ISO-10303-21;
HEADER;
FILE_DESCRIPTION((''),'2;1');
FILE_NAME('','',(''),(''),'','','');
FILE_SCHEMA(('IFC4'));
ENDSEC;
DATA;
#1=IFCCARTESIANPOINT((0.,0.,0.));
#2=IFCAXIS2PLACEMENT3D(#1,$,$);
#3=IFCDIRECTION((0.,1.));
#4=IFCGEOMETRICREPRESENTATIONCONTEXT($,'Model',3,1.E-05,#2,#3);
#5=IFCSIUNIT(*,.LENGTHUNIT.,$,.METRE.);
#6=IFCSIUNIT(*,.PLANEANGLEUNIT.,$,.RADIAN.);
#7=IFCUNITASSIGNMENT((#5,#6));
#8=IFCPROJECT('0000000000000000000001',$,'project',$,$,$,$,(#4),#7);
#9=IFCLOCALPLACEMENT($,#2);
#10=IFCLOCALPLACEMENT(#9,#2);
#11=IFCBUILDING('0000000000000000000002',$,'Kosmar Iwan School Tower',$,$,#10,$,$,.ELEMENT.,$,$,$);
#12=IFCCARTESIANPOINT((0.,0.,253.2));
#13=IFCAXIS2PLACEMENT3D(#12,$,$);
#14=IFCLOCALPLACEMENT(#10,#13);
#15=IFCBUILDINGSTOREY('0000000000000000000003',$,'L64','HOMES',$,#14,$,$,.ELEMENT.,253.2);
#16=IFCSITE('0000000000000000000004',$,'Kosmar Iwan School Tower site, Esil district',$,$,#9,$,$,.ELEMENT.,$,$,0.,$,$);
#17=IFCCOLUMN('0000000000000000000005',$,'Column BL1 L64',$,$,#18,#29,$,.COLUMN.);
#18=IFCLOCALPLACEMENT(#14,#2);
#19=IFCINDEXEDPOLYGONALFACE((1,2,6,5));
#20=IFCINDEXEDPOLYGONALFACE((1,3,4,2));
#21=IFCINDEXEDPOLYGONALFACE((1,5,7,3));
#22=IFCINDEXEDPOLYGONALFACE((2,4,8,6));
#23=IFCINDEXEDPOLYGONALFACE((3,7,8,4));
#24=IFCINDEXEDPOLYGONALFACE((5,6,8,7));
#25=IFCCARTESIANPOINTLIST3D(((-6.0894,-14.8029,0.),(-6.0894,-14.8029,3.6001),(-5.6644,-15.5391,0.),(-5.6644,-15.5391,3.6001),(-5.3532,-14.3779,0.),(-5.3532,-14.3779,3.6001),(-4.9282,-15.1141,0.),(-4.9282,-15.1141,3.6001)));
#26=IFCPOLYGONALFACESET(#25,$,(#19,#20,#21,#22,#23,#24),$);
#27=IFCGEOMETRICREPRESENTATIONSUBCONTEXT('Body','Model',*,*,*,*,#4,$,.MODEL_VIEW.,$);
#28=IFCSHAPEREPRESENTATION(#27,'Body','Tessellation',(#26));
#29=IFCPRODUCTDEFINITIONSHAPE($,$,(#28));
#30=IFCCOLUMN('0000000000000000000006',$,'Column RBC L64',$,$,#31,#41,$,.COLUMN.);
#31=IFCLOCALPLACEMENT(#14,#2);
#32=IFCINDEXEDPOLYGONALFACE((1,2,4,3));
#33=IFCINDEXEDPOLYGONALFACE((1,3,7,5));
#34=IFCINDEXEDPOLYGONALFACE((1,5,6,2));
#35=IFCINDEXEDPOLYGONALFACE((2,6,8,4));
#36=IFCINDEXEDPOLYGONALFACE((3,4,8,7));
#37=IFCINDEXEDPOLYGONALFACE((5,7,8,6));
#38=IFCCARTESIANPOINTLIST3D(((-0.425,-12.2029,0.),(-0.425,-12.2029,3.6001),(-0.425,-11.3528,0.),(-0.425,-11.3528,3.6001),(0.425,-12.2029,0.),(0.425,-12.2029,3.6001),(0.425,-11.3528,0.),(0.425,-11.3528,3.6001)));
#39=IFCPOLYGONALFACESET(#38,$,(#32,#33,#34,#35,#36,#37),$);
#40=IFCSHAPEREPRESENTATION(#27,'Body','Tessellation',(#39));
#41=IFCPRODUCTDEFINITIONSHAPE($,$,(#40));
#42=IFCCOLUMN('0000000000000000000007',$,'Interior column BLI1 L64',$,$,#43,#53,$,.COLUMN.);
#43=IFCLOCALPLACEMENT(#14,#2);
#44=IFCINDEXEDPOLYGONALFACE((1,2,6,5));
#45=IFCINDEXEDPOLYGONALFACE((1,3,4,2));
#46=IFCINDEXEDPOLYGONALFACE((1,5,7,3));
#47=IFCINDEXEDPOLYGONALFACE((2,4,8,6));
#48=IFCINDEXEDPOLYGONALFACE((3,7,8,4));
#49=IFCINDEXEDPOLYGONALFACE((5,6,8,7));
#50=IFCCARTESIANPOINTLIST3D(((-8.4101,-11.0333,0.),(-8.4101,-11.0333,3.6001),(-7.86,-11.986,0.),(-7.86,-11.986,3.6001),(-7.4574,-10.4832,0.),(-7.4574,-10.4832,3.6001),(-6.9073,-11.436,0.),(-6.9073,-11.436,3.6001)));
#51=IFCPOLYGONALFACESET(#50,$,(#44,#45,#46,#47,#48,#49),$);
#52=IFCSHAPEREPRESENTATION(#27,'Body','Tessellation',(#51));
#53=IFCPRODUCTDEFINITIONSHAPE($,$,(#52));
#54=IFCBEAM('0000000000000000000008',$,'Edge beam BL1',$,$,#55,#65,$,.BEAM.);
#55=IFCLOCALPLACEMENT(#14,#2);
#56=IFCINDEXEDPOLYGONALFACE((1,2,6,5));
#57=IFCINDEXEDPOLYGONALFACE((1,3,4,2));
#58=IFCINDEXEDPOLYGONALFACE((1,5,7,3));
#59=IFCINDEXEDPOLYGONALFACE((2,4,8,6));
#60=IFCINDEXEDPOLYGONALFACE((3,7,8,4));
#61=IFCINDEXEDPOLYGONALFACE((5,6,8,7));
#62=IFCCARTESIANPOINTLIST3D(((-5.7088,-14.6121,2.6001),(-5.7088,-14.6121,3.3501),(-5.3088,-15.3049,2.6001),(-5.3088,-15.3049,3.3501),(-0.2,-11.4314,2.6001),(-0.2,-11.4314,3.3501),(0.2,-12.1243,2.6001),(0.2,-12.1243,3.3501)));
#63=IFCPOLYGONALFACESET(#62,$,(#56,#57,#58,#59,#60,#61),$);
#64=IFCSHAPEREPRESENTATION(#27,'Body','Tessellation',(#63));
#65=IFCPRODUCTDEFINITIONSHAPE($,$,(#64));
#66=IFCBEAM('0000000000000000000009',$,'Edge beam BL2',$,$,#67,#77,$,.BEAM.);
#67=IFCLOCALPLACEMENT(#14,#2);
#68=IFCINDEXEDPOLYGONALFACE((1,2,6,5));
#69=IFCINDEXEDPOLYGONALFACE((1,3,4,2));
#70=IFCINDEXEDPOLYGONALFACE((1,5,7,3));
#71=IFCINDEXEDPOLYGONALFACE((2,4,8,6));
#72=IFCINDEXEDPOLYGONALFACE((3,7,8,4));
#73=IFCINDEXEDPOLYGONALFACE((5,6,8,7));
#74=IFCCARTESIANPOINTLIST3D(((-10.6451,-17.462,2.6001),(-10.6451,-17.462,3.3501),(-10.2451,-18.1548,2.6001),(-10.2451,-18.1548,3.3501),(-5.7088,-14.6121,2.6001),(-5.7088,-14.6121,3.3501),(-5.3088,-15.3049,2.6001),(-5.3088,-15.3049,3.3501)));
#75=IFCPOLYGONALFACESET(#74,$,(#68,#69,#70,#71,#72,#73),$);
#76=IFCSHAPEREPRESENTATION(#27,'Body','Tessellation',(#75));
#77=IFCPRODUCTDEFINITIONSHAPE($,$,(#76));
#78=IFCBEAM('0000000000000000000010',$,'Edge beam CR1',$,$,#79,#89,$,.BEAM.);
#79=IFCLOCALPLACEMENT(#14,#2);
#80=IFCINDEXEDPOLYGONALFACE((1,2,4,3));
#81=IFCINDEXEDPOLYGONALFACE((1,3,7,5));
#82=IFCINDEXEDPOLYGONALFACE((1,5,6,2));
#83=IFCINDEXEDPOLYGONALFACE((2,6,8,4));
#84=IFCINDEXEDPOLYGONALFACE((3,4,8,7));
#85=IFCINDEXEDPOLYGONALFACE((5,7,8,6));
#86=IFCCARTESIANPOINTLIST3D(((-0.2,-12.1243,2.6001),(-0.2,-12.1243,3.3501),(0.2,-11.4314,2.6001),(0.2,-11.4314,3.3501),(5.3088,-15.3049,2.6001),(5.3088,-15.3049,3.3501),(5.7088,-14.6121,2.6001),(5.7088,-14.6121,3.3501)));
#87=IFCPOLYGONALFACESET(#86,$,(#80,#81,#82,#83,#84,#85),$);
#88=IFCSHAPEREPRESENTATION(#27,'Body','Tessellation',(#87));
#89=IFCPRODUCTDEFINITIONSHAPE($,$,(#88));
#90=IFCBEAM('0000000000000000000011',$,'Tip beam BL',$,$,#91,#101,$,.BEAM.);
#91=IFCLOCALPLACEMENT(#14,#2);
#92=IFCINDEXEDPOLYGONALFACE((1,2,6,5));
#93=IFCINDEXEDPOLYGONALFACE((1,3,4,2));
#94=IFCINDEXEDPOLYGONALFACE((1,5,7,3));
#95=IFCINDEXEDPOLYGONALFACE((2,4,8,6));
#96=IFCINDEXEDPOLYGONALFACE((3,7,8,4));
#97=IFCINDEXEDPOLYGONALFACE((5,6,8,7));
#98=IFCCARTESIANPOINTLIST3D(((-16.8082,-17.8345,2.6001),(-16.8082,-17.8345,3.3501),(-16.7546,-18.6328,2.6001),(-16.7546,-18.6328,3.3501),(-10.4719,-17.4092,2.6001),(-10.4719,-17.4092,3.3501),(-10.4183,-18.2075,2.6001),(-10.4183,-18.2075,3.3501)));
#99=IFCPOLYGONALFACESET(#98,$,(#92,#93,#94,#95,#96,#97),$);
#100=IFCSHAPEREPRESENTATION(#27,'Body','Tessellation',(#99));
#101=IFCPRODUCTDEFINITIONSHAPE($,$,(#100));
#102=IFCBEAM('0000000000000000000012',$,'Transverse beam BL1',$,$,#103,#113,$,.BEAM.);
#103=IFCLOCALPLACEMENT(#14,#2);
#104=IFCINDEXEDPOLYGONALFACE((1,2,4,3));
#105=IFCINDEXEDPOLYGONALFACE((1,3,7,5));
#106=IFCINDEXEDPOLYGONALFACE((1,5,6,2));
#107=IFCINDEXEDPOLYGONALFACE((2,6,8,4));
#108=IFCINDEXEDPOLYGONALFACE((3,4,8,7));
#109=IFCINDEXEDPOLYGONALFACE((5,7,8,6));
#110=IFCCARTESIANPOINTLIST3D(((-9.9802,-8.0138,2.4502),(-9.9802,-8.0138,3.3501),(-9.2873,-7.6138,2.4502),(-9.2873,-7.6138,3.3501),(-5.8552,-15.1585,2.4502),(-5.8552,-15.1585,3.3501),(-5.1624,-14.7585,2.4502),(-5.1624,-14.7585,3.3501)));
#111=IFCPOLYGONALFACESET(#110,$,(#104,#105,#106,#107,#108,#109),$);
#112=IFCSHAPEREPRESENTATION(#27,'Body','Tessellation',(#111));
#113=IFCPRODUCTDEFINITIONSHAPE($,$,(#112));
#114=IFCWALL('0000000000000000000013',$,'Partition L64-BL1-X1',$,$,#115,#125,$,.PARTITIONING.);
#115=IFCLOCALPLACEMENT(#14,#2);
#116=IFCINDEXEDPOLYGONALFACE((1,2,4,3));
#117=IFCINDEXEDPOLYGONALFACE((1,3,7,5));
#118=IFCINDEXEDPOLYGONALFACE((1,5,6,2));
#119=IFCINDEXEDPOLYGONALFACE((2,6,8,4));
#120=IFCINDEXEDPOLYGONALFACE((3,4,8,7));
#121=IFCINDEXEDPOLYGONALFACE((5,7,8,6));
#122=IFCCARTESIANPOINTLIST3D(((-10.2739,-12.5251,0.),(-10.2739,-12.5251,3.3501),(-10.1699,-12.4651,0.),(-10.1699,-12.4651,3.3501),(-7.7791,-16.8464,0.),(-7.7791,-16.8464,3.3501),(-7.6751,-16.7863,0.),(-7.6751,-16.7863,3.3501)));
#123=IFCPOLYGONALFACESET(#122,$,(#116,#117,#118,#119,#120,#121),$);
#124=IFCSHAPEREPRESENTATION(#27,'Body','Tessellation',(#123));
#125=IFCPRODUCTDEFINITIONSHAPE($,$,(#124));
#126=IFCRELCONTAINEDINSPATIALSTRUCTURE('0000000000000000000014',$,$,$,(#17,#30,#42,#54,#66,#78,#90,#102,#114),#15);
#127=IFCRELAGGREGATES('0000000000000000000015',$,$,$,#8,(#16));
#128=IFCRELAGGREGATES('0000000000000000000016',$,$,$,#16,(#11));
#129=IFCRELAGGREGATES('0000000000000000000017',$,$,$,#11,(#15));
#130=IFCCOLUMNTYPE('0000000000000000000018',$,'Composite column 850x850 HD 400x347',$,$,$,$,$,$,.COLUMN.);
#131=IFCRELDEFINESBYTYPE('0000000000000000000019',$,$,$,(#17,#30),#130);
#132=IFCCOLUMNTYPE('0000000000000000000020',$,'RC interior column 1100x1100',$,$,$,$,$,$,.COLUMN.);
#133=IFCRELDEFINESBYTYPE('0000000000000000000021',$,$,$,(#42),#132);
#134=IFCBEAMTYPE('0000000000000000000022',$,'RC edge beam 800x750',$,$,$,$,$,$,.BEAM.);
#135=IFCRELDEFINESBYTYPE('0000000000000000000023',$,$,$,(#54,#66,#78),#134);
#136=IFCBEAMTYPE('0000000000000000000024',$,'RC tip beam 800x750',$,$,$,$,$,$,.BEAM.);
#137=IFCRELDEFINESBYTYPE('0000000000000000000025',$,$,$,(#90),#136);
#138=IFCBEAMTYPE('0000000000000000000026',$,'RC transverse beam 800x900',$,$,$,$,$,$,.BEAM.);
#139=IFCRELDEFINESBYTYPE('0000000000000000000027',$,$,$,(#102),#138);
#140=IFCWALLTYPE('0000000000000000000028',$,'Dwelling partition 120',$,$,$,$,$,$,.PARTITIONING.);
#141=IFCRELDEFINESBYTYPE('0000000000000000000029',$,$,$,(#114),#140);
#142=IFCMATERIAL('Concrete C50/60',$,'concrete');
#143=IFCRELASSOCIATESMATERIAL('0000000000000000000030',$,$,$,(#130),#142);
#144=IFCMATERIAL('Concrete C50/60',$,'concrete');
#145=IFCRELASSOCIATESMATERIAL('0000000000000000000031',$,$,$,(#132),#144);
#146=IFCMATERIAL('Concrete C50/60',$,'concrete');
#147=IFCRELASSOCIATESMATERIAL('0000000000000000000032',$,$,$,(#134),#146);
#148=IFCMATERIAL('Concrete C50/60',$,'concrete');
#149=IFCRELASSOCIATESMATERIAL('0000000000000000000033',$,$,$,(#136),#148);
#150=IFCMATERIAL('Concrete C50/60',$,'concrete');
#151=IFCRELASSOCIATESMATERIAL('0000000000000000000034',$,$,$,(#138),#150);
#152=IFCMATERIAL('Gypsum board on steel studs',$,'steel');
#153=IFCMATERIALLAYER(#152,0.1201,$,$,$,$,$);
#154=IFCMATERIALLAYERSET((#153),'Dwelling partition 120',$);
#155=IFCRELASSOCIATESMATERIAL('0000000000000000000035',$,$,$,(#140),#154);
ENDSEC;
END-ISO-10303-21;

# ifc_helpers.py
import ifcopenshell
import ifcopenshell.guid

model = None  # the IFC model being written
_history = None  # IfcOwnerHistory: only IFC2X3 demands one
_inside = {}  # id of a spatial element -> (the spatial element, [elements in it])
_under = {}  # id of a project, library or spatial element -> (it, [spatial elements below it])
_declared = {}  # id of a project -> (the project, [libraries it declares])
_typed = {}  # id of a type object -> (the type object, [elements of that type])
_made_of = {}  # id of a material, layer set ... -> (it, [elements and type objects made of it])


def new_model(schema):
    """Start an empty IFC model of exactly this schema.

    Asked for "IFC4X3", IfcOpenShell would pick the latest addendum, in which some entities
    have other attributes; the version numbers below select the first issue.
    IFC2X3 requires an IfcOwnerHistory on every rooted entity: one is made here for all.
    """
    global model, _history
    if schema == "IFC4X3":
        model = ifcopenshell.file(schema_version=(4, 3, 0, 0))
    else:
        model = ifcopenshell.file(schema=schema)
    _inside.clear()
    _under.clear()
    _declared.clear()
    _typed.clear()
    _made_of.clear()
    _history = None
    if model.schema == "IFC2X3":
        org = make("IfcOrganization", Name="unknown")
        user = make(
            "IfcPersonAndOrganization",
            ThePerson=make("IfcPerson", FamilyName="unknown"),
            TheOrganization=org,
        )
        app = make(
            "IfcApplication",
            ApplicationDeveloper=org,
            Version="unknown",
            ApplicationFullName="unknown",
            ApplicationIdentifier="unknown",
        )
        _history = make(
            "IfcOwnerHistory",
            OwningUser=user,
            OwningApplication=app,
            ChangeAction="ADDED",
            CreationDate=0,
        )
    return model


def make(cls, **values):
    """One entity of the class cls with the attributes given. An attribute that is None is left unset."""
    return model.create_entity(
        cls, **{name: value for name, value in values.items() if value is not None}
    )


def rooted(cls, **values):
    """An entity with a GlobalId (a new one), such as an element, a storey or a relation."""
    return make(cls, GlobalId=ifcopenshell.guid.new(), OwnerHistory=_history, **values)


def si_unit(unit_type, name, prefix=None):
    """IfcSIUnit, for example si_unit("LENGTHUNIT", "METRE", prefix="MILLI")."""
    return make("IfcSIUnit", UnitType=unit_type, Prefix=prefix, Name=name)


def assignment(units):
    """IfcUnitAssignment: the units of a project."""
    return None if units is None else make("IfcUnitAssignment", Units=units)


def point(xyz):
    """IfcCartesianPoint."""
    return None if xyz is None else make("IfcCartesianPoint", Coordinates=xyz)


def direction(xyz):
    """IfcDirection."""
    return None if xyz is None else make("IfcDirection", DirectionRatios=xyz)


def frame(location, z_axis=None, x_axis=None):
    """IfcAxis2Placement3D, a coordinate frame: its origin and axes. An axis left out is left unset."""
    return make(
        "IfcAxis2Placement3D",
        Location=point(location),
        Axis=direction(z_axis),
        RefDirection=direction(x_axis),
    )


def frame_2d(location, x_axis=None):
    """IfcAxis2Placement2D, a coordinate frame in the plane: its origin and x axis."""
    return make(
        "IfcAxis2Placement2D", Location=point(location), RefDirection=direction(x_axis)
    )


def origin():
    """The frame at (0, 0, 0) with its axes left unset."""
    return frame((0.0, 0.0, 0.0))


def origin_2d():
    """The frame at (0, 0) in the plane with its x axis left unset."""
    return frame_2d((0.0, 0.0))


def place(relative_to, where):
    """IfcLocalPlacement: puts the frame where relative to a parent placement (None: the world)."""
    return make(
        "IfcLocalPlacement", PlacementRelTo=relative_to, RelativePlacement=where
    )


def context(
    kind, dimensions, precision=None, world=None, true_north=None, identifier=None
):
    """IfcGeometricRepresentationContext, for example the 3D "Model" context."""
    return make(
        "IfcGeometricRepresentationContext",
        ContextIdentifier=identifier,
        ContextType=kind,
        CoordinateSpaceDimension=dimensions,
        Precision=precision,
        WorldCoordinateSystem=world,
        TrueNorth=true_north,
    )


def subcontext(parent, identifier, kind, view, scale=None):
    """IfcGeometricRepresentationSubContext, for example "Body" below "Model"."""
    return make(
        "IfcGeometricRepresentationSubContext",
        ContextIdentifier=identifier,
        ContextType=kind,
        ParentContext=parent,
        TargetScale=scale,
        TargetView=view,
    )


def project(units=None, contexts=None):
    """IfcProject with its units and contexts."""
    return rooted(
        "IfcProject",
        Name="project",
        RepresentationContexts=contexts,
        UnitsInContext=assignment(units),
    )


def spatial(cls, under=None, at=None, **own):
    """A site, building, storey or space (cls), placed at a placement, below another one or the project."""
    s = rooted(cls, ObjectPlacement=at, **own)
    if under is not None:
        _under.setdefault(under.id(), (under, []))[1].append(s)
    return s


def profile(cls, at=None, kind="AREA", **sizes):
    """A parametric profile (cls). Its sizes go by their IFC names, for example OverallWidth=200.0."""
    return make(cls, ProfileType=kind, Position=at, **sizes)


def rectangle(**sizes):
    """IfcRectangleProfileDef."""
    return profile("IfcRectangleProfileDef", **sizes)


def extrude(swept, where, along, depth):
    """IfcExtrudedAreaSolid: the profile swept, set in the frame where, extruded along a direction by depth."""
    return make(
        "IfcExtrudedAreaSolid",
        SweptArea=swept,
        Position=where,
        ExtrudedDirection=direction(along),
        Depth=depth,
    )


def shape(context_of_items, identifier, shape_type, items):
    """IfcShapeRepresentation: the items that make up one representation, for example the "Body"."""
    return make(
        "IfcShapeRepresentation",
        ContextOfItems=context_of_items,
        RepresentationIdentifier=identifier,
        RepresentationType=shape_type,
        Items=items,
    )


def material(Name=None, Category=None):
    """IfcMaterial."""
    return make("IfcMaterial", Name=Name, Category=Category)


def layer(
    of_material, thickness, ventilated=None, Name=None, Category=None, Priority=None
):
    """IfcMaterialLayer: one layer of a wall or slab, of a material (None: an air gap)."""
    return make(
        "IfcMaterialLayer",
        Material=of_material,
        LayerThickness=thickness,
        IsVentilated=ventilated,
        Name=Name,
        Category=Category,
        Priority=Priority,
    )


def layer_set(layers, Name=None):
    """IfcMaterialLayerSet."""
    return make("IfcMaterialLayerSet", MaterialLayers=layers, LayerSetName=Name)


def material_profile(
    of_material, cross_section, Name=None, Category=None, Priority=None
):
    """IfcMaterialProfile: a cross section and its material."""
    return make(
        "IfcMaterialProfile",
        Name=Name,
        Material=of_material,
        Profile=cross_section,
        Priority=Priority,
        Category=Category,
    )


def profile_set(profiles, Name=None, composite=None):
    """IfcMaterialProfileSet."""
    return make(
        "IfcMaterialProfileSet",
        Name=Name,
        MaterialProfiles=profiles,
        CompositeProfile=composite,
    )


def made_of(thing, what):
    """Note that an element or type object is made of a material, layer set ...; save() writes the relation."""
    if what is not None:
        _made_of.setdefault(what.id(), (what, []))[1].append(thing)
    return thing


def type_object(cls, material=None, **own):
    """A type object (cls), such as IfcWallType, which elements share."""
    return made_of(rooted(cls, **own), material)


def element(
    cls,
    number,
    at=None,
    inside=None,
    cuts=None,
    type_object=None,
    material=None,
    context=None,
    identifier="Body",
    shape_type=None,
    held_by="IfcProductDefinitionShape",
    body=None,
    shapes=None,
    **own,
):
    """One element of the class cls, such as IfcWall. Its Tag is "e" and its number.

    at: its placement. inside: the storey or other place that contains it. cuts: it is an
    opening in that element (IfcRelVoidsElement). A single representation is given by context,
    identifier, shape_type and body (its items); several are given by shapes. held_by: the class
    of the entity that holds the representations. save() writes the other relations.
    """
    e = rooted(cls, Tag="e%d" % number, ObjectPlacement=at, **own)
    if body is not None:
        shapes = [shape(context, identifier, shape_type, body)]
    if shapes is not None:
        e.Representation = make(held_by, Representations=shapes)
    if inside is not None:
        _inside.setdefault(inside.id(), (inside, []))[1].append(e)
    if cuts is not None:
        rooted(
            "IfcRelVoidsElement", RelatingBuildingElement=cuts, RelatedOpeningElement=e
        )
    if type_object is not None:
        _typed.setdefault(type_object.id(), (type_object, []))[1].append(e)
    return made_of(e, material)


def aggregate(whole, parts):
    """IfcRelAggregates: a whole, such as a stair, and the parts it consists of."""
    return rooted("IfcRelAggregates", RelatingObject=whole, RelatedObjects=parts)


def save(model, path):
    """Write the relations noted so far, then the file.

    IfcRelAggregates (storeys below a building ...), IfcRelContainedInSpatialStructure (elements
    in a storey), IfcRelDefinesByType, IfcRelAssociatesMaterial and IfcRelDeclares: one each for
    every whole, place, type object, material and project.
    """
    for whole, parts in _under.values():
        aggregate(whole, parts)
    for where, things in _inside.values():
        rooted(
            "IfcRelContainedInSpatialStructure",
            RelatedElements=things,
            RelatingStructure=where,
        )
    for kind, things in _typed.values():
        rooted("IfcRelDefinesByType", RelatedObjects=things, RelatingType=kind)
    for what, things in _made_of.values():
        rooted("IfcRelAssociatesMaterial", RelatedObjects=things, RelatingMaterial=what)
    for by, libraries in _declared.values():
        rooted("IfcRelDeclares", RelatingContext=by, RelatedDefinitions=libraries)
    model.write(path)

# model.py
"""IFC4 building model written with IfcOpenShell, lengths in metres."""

from ifc_helpers import new_model, si_unit, direction, frame, frame_2d, origin, origin_2d, place, context, subcontext, project, spatial, rectangle, extrude, material, layer, layer_set, material_profile, profile_set, type_object, element, save


model = new_model("IFC4")

# Units and contexts
model_context = context("Model", 3, precision=1e-05, world=origin(), true_north=direction((0.0, 1.0)))
body_context = subcontext(model_context, "Body", "Model", "MODEL_VIEW")
ifc_project = project(units=[si_unit("LENGTHUNIT", "METRE"), si_unit("PLANEANGLEUNIT", "RADIAN")], contexts=[model_context])

# Site, building, storey
site_placement = place(None, origin())
site = spatial("IfcSite", under=ifc_project, at=site_placement, Name="Kosmar Iwan School Tower site, Esil district", CompositionType="ELEMENT", RefElevation=0.0)
building_placement = place(site_placement, origin())
building = spatial("IfcBuilding", under=site, at=building_placement, Name="Kosmar Iwan School Tower", CompositionType="ELEMENT")
storey_placement = place(building_placement, frame((0.0, 0.0, 253.2)))
storey = spatial("IfcBuildingStorey", under=building, at=storey_placement, Name="L64", Description="HOMES", CompositionType="ELEMENT", Elevation=253.2)

# Columns
ifc_material_1 = material(Name="Concrete C50/60", Category="concrete")
ifc_material_profile_1 = material_profile(ifc_material_1, rectangle(XDim=0.8501, YDim=0.8501, at=origin_2d()), Name="RC 850x850 + HD 400x347")
ifc_profile_set_1 = profile_set([ifc_material_profile_1], Name="Concrete C50/60")
column_type_1 = type_object("IfcColumnType", Name="Composite column 850x850 HD 400x347", PredefinedType="COLUMN", material=ifc_profile_set_1)
for number, where, z_axis, x_axis, name in (
    (1, (-5.5088, -14.9585, 0.0), (0.0, 0.0, 1.0), (-0.866025, -0.5, 0.0), "Column BL1 L64"),
    (2, (0.0, -11.7778, 0.0), (0.0, 0.0, 1.0), (1.0, 0.0, 0.0), "Column RBC L64"),
):
    element("IfcColumn", number, at=place(storey_placement, frame(where, z_axis=z_axis, x_axis=x_axis)), inside=storey, type_object=column_type_1, Name=name, PredefinedType="COLUMN", context=body_context, shape_type="SweptSolid", body=[
        extrude(rectangle(XDim=0.8501, YDim=0.8501, at=origin_2d()), origin(), (0.0, 0.0, 1.0), 3.6001),
    ])
ifc_material_2 = material(Name="Concrete C50/60", Category="concrete")
ifc_material_profile_2 = material_profile(ifc_material_2, rectangle(XDim=1.1001, YDim=1.1001, at=origin_2d()), Name="RC 1100x1100")
ifc_profile_set_2 = profile_set([ifc_material_profile_2], Name="Concrete C50/60")
column_type_2 = type_object("IfcColumnType", Name="RC interior column 1100x1100", PredefinedType="COLUMN", material=ifc_profile_set_2)
column_placement = place(storey_placement, frame((-7.6587, -11.2346, 0.0), z_axis=(0.0, 0.0, 1.0), x_axis=(-0.866025, -0.5, 0.0)))
element("IfcColumn", 3, at=column_placement, inside=storey, type_object=column_type_2, Name="Interior column BLI1 L64", PredefinedType="COLUMN", context=body_context, shape_type="SweptSolid", body=[
    extrude(rectangle(XDim=1.1001, YDim=1.1001, at=origin_2d()), origin(), (0.0, 0.0, 1.0), 3.6001),
])

# Beams
ifc_material_3 = material(Name="Concrete C50/60", Category="concrete")
ifc_material_profile_3 = material_profile(ifc_material_3, rectangle(XDim=0.8, YDim=0.75, at=origin_2d()), Name="RC 800x750")
ifc_profile_set_3 = profile_set([ifc_material_profile_3], Name="Concrete C50/60")
beam_type_1 = type_object("IfcBeamType", Name="RC edge beam 800x750", PredefinedType="BEAM", material=ifc_profile_set_3)
beam_1_placement = place(storey_placement, frame((0.0, -11.7778, 2.9751), z_axis=(-0.866014, -0.500019, 0.0), x_axis=(0.500019, -0.866014, 0.0)))
element("IfcBeam", 4, at=beam_1_placement, inside=storey, type_object=beam_type_1, Name="Edge beam BL1", PredefinedType="BEAM", context=body_context, shape_type="SweptSolid", body=[
    extrude(rectangle(XDim=0.8, YDim=0.75, at=origin_2d()), origin(), (0.0, 0.0, 1.0), 6.3611),
])
beam_2_placement = place(storey_placement, frame((-5.5088, -14.9585, 2.9751), z_axis=(-0.866034, -0.499986, 0.0), x_axis=(0.499986, -0.866034, 0.0)))
element("IfcBeam", 5, at=beam_2_placement, inside=storey, type_object=beam_type_1, Name="Edge beam BL2", PredefinedType="BEAM", context=body_context, shape_type="SweptSolid", body=[
    extrude(rectangle(XDim=0.8, YDim=0.75, at=origin_2d()), origin(), (0.0, 0.0, 1.0), 5.7),
])
beam_3_placement = place(storey_placement, frame((0.0, -11.7778, 2.9751), z_axis=(0.866014, -0.500019, 0.0), x_axis=(0.500019, 0.866014, 0.0)))
element("IfcBeam", 6, at=beam_3_placement, inside=storey, type_object=beam_type_1, Name="Edge beam CR1", PredefinedType="BEAM", context=body_context, shape_type="SweptSolid", body=[
    extrude(rectangle(XDim=0.8, YDim=0.75, at=origin_2d()), origin(), (0.0, 0.0, 1.0), 6.3611),
])
ifc_material_4 = material(Name="Concrete C50/60", Category="concrete")
ifc_material_profile_4 = material_profile(ifc_material_4, rectangle(XDim=0.8, YDim=0.75, at=origin_2d()), Name="RC 800x750")
ifc_profile_set_4 = profile_set([ifc_material_profile_4], Name="Concrete C50/60")
beam_type_2 = type_object("IfcBeamType", Name="RC tip beam 800x750", PredefinedType="BEAM", material=ifc_profile_set_4)
beam_4_placement = place(storey_placement, frame((-10.4451, -17.8083, 2.9751), z_axis=(-0.997755, -0.066968, 0.0), x_axis=(0.066968, -0.997755, 0.0)))
element("IfcBeam", 7, at=beam_4_placement, inside=storey, type_object=beam_type_2, Name="Tip beam BL", PredefinedType="BEAM", context=body_context, shape_type="SweptSolid", body=[
    extrude(rectangle(XDim=0.8, YDim=0.75, at=origin_2d()), origin(), (0.0, 0.0, 1.0), 6.3506),
])
ifc_material_5 = material(Name="Concrete C50/60", Category="concrete")
ifc_material_profile_5 = material_profile(ifc_material_5, rectangle(XDim=0.8, YDim=0.8999, at=origin_2d()), Name="RC 800x900")
ifc_profile_set_5 = profile_set([ifc_material_profile_5], Name="Concrete C50/60")
beam_type_3 = type_object("IfcBeamType", Name="RC transverse beam 800x900", PredefinedType="BEAM", material=ifc_profile_set_5)
beam_5_placement = place(storey_placement, frame((-5.5088, -14.9585, 2.9001), z_axis=(-0.499997, 0.866027, 0.0), x_axis=(-0.866027, -0.499997, 0.0)))
element("IfcBeam", 8, at=beam_5_placement, inside=storey, type_object=beam_type_3, Name="Transverse beam BL1", PredefinedType="BEAM", context=body_context, shape_type="SweptSolid", body=[
    extrude(rectangle(XDim=0.8, YDim=0.8999, at=origin_2d()), origin(), (0.0, 0.0, 1.0), 8.25),
])

# Wall
ifc_material_6 = material(Name="Gypsum board on steel studs", Category="steel")
ifc_layer_1 = layer(ifc_material_6, 0.1201)
ifc_layer_set_1 = layer_set([ifc_layer_1], Name="Dwelling partition 120")
wall_type_1 = type_object("IfcWallType", Name="Dwelling partition 120", PredefinedType="PARTITIONING", material=ifc_layer_set_1)
wall_1_placement = place(storey_placement, frame((-10.2219, -12.4951, 0.0), z_axis=(0.0, 0.0, 1.0), x_axis=(0.499996, -0.866028, 0.0)))
element("IfcWall", 9, at=wall_1_placement, inside=storey, type_object=wall_type_1, Name="Partition L64-BL1-X1", PredefinedType="PARTITIONING", context=body_context, shape_type="SweptSolid", body=[
    extrude(rectangle(XDim=4.9897, YDim=0.1201, at=frame_2d((2.4949, 0.0))), origin(), (0.0, 0.0, 1.0), 3.3501),
])

save(model, "model.ifc")
